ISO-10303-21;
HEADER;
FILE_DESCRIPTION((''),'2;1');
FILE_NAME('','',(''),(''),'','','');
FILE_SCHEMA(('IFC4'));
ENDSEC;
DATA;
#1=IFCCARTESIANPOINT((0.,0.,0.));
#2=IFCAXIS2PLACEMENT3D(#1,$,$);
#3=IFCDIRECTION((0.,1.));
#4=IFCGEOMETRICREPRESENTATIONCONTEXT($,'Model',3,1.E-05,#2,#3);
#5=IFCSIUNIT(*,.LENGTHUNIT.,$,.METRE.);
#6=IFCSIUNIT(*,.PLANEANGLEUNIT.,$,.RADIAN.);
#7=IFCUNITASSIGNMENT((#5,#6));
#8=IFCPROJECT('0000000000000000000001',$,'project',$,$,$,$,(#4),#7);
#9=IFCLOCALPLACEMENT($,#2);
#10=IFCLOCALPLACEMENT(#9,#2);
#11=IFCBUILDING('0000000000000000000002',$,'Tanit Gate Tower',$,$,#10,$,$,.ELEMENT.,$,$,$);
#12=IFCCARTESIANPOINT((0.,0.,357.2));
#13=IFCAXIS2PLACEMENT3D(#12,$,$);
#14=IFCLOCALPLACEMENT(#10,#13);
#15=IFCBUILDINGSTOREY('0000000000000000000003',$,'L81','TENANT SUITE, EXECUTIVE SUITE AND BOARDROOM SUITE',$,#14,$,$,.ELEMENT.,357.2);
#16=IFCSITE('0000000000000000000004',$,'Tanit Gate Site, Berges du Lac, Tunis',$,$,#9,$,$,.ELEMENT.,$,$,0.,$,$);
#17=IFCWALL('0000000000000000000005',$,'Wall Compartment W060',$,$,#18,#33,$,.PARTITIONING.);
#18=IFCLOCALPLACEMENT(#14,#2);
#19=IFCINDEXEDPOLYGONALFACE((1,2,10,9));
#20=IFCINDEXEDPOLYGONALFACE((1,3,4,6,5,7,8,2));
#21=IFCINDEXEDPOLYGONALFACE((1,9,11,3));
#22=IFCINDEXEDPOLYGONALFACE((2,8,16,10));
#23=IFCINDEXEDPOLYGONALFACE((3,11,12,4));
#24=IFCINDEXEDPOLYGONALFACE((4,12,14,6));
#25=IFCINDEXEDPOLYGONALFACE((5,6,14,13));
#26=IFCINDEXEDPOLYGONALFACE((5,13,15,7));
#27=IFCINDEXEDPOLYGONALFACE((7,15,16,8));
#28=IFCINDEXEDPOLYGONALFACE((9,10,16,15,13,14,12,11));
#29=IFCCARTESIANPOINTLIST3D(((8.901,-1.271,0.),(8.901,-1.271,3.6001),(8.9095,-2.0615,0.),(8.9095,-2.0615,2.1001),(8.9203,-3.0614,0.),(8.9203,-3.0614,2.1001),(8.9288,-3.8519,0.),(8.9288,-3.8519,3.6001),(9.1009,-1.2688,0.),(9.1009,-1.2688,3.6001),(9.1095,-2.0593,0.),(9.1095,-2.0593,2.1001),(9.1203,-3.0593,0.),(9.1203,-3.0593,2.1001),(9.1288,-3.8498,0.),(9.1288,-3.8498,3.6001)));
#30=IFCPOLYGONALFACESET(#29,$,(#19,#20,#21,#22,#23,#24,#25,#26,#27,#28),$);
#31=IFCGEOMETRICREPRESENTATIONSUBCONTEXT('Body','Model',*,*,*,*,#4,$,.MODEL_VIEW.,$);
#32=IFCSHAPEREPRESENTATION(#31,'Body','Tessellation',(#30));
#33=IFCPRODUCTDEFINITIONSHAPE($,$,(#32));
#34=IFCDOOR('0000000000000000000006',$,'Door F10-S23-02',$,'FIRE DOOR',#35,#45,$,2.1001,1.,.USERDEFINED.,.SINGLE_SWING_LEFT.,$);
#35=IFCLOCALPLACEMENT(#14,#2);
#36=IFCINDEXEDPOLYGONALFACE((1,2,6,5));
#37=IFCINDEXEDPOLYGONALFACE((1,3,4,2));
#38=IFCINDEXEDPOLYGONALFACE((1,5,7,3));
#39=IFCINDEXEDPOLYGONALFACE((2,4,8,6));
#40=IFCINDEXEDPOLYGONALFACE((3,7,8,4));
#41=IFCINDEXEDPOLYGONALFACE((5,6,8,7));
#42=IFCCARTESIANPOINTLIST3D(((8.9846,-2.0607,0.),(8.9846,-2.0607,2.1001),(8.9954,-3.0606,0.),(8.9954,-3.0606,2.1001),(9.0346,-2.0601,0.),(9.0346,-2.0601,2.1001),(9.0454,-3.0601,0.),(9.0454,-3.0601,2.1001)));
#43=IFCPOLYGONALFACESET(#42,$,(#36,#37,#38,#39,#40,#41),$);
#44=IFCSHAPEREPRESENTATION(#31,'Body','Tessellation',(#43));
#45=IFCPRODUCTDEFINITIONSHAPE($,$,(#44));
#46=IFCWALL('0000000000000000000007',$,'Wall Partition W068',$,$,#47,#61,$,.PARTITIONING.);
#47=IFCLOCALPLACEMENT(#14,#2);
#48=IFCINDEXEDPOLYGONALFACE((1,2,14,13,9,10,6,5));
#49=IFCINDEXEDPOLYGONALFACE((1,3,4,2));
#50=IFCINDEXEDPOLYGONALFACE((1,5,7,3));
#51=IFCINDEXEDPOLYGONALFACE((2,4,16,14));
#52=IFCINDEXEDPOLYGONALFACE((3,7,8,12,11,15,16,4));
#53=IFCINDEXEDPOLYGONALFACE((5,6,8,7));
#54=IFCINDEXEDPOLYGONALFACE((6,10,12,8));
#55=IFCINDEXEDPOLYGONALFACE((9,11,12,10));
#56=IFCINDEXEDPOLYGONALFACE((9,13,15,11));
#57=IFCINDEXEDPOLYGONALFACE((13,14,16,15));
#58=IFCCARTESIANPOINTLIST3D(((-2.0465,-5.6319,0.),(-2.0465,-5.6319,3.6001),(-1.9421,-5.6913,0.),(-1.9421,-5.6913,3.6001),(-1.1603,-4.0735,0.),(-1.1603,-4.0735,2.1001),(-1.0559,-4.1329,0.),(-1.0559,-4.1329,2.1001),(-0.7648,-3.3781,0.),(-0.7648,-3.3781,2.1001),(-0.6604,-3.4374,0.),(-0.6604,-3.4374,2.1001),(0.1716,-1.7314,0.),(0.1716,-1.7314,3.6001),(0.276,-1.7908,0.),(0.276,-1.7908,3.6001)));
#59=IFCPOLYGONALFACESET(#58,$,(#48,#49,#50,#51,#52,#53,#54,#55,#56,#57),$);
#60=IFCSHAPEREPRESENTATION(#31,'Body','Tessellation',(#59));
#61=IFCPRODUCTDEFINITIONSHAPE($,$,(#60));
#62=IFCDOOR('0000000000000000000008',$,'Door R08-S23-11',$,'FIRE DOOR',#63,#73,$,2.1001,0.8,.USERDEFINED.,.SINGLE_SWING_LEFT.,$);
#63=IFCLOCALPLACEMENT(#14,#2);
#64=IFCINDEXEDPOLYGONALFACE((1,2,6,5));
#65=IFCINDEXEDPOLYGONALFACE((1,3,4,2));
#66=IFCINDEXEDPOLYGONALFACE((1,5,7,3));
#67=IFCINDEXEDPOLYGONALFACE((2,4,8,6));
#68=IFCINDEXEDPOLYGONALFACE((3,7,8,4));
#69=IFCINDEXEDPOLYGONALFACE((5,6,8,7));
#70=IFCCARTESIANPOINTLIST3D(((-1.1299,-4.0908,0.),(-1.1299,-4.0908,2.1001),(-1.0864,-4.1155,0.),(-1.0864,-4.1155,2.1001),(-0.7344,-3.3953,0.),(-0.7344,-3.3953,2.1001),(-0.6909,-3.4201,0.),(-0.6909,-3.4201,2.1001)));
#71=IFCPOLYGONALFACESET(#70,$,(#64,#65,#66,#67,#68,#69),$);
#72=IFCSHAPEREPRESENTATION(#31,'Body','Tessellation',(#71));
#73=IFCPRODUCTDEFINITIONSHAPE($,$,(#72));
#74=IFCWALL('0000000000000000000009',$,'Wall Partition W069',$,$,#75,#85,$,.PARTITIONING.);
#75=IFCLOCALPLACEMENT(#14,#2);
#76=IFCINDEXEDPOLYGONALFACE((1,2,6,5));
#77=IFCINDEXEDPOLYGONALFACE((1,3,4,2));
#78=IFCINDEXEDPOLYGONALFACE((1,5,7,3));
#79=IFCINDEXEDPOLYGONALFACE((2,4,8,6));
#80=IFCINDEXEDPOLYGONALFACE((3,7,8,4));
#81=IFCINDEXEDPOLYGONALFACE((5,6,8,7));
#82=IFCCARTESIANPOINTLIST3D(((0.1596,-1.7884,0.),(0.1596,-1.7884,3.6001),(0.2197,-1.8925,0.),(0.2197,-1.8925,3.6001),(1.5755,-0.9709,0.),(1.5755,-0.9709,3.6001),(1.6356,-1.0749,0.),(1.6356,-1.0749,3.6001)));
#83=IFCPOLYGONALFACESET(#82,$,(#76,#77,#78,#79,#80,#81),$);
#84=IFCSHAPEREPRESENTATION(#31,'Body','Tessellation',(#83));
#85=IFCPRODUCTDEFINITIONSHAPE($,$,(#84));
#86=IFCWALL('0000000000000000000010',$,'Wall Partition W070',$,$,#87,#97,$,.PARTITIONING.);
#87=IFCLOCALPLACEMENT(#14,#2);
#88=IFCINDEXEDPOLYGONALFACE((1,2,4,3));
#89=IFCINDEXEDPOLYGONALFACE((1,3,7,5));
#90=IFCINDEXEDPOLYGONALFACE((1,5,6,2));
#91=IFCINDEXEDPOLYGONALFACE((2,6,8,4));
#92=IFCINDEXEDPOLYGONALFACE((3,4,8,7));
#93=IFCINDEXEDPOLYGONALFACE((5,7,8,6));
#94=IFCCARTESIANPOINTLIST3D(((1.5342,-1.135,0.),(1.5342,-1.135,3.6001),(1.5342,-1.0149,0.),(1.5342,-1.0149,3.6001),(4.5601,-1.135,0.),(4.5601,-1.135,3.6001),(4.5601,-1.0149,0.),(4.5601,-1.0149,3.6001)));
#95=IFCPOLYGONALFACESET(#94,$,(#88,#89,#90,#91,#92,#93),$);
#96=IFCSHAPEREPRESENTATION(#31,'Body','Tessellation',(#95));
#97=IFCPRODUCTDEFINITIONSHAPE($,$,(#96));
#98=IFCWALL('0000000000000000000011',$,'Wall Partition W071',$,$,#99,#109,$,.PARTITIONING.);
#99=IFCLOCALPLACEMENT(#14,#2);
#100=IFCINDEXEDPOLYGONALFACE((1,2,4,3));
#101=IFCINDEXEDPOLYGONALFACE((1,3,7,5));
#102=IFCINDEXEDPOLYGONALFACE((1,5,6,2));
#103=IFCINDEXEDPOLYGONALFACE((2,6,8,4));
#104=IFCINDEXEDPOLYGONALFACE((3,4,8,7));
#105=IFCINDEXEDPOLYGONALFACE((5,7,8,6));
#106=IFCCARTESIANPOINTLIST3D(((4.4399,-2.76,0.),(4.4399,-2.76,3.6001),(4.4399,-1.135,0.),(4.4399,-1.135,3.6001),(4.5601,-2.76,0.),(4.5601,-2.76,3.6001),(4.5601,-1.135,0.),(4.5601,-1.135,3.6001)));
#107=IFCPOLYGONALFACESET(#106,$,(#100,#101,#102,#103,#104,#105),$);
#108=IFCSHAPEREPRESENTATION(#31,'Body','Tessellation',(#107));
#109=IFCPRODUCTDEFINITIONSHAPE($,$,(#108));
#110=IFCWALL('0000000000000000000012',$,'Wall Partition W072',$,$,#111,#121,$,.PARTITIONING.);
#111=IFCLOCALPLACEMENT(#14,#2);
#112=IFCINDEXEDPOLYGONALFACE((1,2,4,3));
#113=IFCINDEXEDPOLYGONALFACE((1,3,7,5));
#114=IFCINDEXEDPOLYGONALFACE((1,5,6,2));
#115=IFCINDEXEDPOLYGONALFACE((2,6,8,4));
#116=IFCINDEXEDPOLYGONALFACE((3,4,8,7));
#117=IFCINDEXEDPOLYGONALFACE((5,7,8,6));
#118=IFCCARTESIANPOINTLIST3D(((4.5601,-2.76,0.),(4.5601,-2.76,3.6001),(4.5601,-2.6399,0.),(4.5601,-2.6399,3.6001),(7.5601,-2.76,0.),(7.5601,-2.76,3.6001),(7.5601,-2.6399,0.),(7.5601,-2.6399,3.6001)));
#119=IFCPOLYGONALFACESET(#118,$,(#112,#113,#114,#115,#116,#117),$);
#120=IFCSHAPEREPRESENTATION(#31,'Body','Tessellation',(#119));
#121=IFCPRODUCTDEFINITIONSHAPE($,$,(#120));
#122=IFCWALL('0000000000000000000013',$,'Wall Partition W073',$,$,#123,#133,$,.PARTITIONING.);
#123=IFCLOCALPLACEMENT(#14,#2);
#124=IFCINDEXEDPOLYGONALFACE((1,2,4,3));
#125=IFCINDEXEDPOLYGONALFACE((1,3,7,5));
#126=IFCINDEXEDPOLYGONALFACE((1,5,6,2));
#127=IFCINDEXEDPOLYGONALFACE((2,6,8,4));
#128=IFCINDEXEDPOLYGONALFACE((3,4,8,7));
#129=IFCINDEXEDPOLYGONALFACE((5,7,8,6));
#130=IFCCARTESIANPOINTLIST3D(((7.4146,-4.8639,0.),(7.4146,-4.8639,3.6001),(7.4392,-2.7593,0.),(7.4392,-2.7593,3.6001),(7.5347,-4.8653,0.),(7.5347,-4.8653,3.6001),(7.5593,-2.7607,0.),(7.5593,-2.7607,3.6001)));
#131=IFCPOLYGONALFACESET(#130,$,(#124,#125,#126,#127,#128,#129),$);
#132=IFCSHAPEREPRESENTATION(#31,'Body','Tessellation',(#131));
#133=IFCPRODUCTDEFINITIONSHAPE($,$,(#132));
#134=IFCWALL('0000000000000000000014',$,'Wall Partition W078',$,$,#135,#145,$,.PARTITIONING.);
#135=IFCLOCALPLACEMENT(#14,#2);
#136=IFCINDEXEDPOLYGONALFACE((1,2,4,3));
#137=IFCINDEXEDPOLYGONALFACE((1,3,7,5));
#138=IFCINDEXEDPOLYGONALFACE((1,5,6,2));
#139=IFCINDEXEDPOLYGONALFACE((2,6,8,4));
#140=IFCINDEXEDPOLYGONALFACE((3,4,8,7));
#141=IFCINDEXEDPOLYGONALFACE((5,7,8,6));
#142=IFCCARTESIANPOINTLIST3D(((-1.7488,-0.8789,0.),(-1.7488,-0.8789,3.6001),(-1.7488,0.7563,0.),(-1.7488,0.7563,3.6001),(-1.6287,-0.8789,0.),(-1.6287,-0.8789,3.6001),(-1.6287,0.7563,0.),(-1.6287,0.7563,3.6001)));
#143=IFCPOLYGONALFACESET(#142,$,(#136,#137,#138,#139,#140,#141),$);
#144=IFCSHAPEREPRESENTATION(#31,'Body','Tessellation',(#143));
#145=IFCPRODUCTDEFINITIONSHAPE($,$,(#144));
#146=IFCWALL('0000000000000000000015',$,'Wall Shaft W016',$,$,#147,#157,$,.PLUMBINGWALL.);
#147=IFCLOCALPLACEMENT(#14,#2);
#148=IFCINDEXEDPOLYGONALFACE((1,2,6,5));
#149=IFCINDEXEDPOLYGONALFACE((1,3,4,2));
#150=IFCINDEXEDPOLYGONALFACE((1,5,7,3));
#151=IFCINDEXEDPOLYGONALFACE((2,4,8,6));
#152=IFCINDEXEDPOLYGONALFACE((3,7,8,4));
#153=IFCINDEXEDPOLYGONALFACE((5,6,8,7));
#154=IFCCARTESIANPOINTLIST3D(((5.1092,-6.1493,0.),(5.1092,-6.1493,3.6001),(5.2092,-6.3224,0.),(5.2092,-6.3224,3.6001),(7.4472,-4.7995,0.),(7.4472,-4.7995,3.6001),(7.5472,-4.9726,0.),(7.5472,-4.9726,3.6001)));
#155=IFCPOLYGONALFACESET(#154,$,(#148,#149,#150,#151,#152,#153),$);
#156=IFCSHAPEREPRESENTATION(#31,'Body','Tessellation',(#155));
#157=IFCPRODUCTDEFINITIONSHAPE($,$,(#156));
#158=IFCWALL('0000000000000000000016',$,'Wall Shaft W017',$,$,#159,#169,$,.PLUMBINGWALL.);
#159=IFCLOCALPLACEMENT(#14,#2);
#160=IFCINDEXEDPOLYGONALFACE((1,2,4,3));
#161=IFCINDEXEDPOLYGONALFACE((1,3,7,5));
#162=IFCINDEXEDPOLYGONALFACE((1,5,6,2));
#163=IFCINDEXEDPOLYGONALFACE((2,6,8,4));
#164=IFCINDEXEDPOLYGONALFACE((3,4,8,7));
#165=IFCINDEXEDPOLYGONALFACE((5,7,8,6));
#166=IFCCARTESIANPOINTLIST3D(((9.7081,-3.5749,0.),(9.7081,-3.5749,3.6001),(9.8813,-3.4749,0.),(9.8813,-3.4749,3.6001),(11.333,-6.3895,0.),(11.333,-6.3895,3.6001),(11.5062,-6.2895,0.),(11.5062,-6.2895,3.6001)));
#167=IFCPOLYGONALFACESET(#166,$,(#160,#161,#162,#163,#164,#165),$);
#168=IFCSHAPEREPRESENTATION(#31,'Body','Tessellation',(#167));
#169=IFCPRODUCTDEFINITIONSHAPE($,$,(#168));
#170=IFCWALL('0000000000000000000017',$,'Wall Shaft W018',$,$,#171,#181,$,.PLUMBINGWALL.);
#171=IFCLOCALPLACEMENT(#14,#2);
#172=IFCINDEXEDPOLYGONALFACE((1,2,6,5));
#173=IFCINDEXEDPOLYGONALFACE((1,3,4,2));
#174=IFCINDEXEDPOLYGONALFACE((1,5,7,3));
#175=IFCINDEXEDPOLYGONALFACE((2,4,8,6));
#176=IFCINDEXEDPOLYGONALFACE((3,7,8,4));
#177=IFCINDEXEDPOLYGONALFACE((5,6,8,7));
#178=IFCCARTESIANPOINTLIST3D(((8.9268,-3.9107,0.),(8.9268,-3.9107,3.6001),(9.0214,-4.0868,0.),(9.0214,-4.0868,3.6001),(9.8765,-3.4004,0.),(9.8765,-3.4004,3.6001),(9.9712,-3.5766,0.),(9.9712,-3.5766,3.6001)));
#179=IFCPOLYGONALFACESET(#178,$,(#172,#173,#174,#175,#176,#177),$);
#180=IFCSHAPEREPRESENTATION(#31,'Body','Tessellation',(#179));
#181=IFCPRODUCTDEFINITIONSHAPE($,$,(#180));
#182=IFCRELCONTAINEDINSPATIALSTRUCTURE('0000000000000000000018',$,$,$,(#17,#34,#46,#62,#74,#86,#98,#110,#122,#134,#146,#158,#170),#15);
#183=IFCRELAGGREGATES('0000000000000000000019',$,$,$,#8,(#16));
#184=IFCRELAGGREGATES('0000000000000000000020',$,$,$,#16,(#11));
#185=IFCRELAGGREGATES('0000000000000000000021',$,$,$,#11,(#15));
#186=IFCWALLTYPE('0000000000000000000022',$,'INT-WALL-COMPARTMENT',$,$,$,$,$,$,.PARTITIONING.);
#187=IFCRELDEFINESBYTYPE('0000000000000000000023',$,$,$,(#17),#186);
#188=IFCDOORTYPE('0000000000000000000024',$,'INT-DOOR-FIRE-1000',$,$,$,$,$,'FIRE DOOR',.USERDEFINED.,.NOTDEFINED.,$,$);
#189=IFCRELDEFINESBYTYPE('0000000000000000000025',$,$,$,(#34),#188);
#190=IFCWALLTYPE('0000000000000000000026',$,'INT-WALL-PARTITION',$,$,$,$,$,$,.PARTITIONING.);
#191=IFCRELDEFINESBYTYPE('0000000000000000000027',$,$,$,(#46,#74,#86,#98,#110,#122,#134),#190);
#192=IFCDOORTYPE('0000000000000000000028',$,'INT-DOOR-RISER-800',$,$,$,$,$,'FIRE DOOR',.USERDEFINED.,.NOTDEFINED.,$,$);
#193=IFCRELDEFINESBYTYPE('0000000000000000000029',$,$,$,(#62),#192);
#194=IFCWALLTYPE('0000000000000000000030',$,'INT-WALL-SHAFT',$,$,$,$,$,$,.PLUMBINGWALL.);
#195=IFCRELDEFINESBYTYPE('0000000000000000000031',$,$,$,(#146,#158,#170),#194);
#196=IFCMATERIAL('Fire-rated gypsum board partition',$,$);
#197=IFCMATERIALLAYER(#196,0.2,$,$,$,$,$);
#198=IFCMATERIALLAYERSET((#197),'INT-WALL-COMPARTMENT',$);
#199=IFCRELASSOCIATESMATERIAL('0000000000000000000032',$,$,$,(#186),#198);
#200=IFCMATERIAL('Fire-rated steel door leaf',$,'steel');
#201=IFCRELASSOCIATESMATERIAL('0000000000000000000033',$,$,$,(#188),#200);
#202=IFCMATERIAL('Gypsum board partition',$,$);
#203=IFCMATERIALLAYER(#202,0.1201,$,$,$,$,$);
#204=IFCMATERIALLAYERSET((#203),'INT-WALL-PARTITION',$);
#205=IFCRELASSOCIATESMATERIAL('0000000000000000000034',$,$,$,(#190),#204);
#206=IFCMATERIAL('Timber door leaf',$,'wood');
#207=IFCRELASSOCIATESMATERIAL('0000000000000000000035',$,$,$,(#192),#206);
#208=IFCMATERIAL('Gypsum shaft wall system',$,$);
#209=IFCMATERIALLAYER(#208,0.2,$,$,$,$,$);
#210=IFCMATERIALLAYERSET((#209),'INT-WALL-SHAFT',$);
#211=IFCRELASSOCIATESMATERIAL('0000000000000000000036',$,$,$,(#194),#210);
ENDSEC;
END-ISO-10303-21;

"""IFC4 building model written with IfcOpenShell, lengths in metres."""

from ifc_helpers import new_model, si_unit, direction, frame, frame_2d, origin, place, context, subcontext, project, spatial, rectangle, extrude, material, layer, layer_set, type_object, element, fill, save


model = new_model("IFC4")

# Units and contexts
model_context = context("Model", 3, precision=1e-05, world=origin(), true_north=direction((0.0, 1.0)))
body_context = subcontext(model_context, "Body", "Model", "MODEL_VIEW")
ifc_project = project(units=[si_unit("LENGTHUNIT", "METRE"), si_unit("PLANEANGLEUNIT", "RADIAN")], contexts=[model_context])

# Site, building, storey
site_placement = place(None, origin())
site = spatial("IfcSite", under=ifc_project, at=site_placement, Name="Tanit Gate Site, Berges du Lac, Tunis", CompositionType="ELEMENT", RefElevation=0.0)
building_placement = place(site_placement, origin())
building = spatial("IfcBuilding", under=site, at=building_placement, Name="Tanit Gate Tower", CompositionType="ELEMENT")
storey_placement = place(building_placement, frame((0.0, 0.0, 357.2)))
storey = spatial("IfcBuildingStorey", under=building, at=storey_placement, Name="L81", Description="TENANT SUITE, EXECUTIVE SUITE AND BOARDROOM SUITE", CompositionType="ELEMENT", Elevation=357.2)

# Walls, openings, doors
ifc_material_1 = material(Name="Fire-rated gypsum board partition")
ifc_layer_1 = layer(ifc_material_1, 0.2)
ifc_layer_set_1 = layer_set([ifc_layer_1], Name="INT-WALL-COMPARTMENT")
wall_type_1 = type_object("IfcWallType", Name="INT-WALL-COMPARTMENT", PredefinedType="PARTITIONING", material=ifc_layer_set_1)
wall_1_placement = place(storey_placement, frame((9.0288, -3.8508, 0.0), z_axis=(0.0, 0.0, 1.0), x_axis=(-0.010784, 0.999942, 0.0)))
wall_1 = element("IfcWall", 1, at=wall_1_placement, inside=storey, type_object=wall_type_1, Name="Wall Compartment W060", PredefinedType="PARTITIONING", context=body_context, shape_type="SweptSolid", body=[
    extrude(rectangle(XDim=2.5811, YDim=0.2, at=frame_2d((1.2905, 0.0))), origin(), (0.0, 0.0, 1.0), 3.6001),
])
opening_1_placement = place(wall_1_placement, frame((0.7905, 0.0, 0.0)))
opening_1 = element("IfcOpeningElement", 2, at=opening_1_placement, cuts=wall_1, PredefinedType="OPENING", context=body_context, shape_type="SweptSolid", body=[
    extrude(rectangle(XDim=1.0, YDim=2.1001, at=frame_2d((0.5, 1.05))), frame((0.0, 0.1099, 0.0), z_axis=(0.0, -1.0, 0.0), x_axis=(1.0, 0.0, 0.0)), (0.0, 0.0, 1.0), 0.22),
])
ifc_material_2 = material(Name="Fire-rated steel door leaf", Category="steel")
door_type_1 = type_object("IfcDoorType", Name="INT-DOOR-FIRE-1000", ElementType="FIRE DOOR", OperationType="NOTDEFINED", PredefinedType="USERDEFINED", material=ifc_material_2)
door_1_placement = place(opening_1_placement, origin())
door_1 = element("IfcDoor", 3, at=door_1_placement, inside=storey, type_object=door_type_1, Name="Door F10-S23-02", ObjectType="FIRE DOOR", OperationType="SINGLE_SWING_LEFT", OverallHeight=2.1001, OverallWidth=1.0, PredefinedType="USERDEFINED", context=body_context, shape_type="SweptSolid", body=[
    extrude(rectangle(XDim=1.0, YDim=2.1001, at=frame_2d((0.5, 1.05))), frame((0.0, 0.0249, 0.0), z_axis=(0.0, -1.0, 0.0), x_axis=(1.0, 0.0, 0.0)), (0.0, 0.0, 1.0), 0.05),
])
fill(opening_1, door_1)
ifc_material_3 = material(Name="Gypsum board partition")
ifc_layer_2 = layer(ifc_material_3, 0.1201)
ifc_layer_set_2 = layer_set([ifc_layer_2], Name="INT-WALL-PARTITION")
wall_type_2 = type_object("IfcWallType", Name="INT-WALL-PARTITION", PredefinedType="PARTITIONING", material=ifc_layer_set_2)
wall_2_placement = place(storey_placement, frame((0.2239, -1.761, 0.0), z_axis=(0.0, 0.0, 1.0), x_axis=(-0.494327, -0.869276, 0.0)))
wall_2 = element("IfcWall", 4, at=wall_2_placement, inside=storey, type_object=wall_type_2, Name="Wall Partition W068", PredefinedType="PARTITIONING", context=body_context, shape_type="SweptSolid", body=[
    extrude(rectangle(XDim=4.4871, YDim=0.1201, at=frame_2d((2.2437, 0.0))), origin(), (0.0, 0.0, 1.0), 3.6001),
])
opening_2_placement = place(wall_2_placement, frame((1.8945, 0.0, 0.0)))
opening_2 = element("IfcOpeningElement", 5, at=opening_2_placement, cuts=wall_2, PredefinedType="OPENING", context=body_context, shape_type="SweptSolid", body=[
    extrude(rectangle(XDim=0.8, YDim=2.1001, at=frame_2d((0.3999, 1.05))), frame((0.0, 0.0701, 0.0), z_axis=(0.0, -1.0, 0.0), x_axis=(1.0, 0.0, 0.0)), (0.0, 0.0, 1.0), 0.1401),
])
ifc_material_4 = material(Name="Timber door leaf", Category="wood")
door_type_2 = type_object("IfcDoorType", Name="INT-DOOR-RISER-800", ElementType="FIRE DOOR", OperationType="NOTDEFINED", PredefinedType="USERDEFINED", material=ifc_material_4)
door_2_placement = place(opening_2_placement, origin())
door_2 = element("IfcDoor", 6, at=door_2_placement, inside=storey, type_object=door_type_2, Name="Door R08-S23-11", ObjectType="FIRE DOOR", OperationType="SINGLE_SWING_LEFT", OverallHeight=2.1001, OverallWidth=0.8, PredefinedType="USERDEFINED", context=body_context, shape_type="SweptSolid", body=[
    extrude(rectangle(XDim=0.8, YDim=2.1001, at=frame_2d((0.3999, 1.05))), frame((0.0, 0.0249, 0.0), z_axis=(0.0, -1.0, 0.0), x_axis=(1.0, 0.0, 0.0)), (0.0, 0.0, 1.0), 0.05),
])
fill(opening_2, door_2)

# Walls
wall_3_placement = place(storey_placement, frame((1.6055, -1.0229, 0.0), z_axis=(0.0, 0.0, 1.0), x_axis=(-0.866002, -0.500041, 0.0)))
element("IfcWall", 7, at=wall_3_placement, inside=storey, type_object=wall_type_2, Name="Wall Partition W069", PredefinedType="PARTITIONING", context=body_context, shape_type="SweptSolid", body=[
    extrude(rectangle(XDim=1.635, YDim=0.1201, at=frame_2d((0.8174, 0.0))), origin(), (0.0, 0.0, 1.0), 3.6001),
])
wall_4_placement = place(storey_placement, frame((4.5601, -1.075, 0.0), z_axis=(0.0, 0.0, 1.0), x_axis=(-1.0, 0.0, 0.0)))
element("IfcWall", 8, at=wall_4_placement, inside=storey, type_object=wall_type_2, Name="Wall Partition W070", PredefinedType="PARTITIONING", context=body_context, shape_type="SweptSolid", body=[
    extrude(rectangle(XDim=3.0259, YDim=0.1201, at=frame_2d((1.5129, 0.0))), origin(), (0.0, 0.0, 1.0), 3.6001),
])
wall_5_placement = place(storey_placement, frame((4.5, -2.76, 0.0), z_axis=(0.0, 0.0, 1.0), x_axis=(0.0, 1.0, 0.0)))
element("IfcWall", 9, at=wall_5_placement, inside=storey, type_object=wall_type_2, Name="Wall Partition W071", PredefinedType="PARTITIONING", context=body_context, shape_type="SweptSolid", body=[
    extrude(rectangle(XDim=1.625, YDim=0.1201, at=frame_2d((0.8125, 0.0))), origin(), (0.0, 0.0, 1.0), 3.6001),
])
wall_6_placement = place(storey_placement, frame((7.5601, -2.7, 0.0), z_axis=(0.0, 0.0, 1.0), x_axis=(-1.0, 0.0, 0.0)))
element("IfcWall", 10, at=wall_6_placement, inside=storey, type_object=wall_type_2, Name="Wall Partition W072", PredefinedType="PARTITIONING", context=body_context, shape_type="SweptSolid", body=[
    extrude(rectangle(XDim=3.0, YDim=0.1201, at=frame_2d((1.5, 0.0))), origin(), (0.0, 0.0, 1.0), 3.6001),
])
wall_7_placement = place(storey_placement, frame((7.4746, -4.8645, 0.0), z_axis=(0.0, 0.0, 1.0), x_axis=(0.011716, 0.999931, 0.0)))
element("IfcWall", 11, at=wall_7_placement, inside=storey, type_object=wall_type_2, Name="Wall Partition W073", PredefinedType="PARTITIONING", context=body_context, shape_type="SweptSolid", body=[
    extrude(rectangle(XDim=2.1047, YDim=0.1201, at=frame_2d((1.0522, 0.0))), origin(), (0.0, 0.0, 1.0), 3.6001),
])
wall_8_placement = place(storey_placement, frame((-1.6887, -0.8789, 0.0), z_axis=(0.0, 0.0, 1.0), x_axis=(0.0, 1.0, 0.0)))
element("IfcWall", 12, at=wall_8_placement, inside=storey, type_object=wall_type_2, Name="Wall Partition W078", PredefinedType="PARTITIONING", context=body_context, shape_type="SweptSolid", body=[
    extrude(rectangle(XDim=1.6353, YDim=0.1201, at=frame_2d((0.8176, 0.0))), origin(), (0.0, 0.0, 1.0), 3.6001),
])
ifc_material_5 = material(Name="Gypsum shaft wall system")
ifc_layer_3 = layer(ifc_material_5, 0.2)
ifc_layer_set_3 = layer_set([ifc_layer_3], Name="INT-WALL-SHAFT")
wall_type_3 = type_object("IfcWallType", Name="INT-WALL-SHAFT", PredefinedType="PLUMBINGWALL", material=ifc_layer_set_3)
wall_9_placement = place(storey_placement, frame((5.1592, -6.2358, 0.0), z_axis=(0.0, 0.0, 1.0), x_axis=(0.866037, 0.499981, 0.0)))
element("IfcWall", 13, at=wall_9_placement, inside=storey, type_object=wall_type_3, Name="Wall Shaft W016", PredefinedType="PLUMBINGWALL", context=body_context, shape_type="SweptSolid", body=[
    extrude(rectangle(XDim=2.6997, YDim=0.2, at=frame_2d((1.3499, 0.0))), origin(), (0.0, 0.0, 1.0), 3.6001),
])
wall_10_placement = place(storey_placement, frame((9.7947, -3.5249, 0.0), z_axis=(0.0, 0.0, 1.0), x_axis=(0.499985, -0.866034, 0.0)))
element("IfcWall", 14, at=wall_10_placement, inside=storey, type_object=wall_type_3, Name="Wall Shaft W017", PredefinedType="PLUMBINGWALL", context=body_context, shape_type="SweptSolid", body=[
    extrude(rectangle(XDim=3.25, YDim=0.2, at=frame_2d((1.625, 0.0))), origin(), (0.0, 0.0, 1.0), 3.6001),
])
wall_11_placement = place(storey_placement, frame((8.9741, -3.9988, 0.0), z_axis=(0.0, 0.0, 1.0), x_axis=(0.880907, 0.473289, 0.0)))
element("IfcWall", 15, at=wall_11_placement, inside=storey, type_object=wall_type_3, Name="Wall Shaft W018", PredefinedType="PLUMBINGWALL", context=body_context, shape_type="SweptSolid", body=[
    extrude(rectangle(XDim=1.0781, YDim=0.2, at=frame_2d((0.5391, 0.0))), origin(), (0.0, 0.0, 1.0), 3.6001),
])

save(model, "model.ifc")
